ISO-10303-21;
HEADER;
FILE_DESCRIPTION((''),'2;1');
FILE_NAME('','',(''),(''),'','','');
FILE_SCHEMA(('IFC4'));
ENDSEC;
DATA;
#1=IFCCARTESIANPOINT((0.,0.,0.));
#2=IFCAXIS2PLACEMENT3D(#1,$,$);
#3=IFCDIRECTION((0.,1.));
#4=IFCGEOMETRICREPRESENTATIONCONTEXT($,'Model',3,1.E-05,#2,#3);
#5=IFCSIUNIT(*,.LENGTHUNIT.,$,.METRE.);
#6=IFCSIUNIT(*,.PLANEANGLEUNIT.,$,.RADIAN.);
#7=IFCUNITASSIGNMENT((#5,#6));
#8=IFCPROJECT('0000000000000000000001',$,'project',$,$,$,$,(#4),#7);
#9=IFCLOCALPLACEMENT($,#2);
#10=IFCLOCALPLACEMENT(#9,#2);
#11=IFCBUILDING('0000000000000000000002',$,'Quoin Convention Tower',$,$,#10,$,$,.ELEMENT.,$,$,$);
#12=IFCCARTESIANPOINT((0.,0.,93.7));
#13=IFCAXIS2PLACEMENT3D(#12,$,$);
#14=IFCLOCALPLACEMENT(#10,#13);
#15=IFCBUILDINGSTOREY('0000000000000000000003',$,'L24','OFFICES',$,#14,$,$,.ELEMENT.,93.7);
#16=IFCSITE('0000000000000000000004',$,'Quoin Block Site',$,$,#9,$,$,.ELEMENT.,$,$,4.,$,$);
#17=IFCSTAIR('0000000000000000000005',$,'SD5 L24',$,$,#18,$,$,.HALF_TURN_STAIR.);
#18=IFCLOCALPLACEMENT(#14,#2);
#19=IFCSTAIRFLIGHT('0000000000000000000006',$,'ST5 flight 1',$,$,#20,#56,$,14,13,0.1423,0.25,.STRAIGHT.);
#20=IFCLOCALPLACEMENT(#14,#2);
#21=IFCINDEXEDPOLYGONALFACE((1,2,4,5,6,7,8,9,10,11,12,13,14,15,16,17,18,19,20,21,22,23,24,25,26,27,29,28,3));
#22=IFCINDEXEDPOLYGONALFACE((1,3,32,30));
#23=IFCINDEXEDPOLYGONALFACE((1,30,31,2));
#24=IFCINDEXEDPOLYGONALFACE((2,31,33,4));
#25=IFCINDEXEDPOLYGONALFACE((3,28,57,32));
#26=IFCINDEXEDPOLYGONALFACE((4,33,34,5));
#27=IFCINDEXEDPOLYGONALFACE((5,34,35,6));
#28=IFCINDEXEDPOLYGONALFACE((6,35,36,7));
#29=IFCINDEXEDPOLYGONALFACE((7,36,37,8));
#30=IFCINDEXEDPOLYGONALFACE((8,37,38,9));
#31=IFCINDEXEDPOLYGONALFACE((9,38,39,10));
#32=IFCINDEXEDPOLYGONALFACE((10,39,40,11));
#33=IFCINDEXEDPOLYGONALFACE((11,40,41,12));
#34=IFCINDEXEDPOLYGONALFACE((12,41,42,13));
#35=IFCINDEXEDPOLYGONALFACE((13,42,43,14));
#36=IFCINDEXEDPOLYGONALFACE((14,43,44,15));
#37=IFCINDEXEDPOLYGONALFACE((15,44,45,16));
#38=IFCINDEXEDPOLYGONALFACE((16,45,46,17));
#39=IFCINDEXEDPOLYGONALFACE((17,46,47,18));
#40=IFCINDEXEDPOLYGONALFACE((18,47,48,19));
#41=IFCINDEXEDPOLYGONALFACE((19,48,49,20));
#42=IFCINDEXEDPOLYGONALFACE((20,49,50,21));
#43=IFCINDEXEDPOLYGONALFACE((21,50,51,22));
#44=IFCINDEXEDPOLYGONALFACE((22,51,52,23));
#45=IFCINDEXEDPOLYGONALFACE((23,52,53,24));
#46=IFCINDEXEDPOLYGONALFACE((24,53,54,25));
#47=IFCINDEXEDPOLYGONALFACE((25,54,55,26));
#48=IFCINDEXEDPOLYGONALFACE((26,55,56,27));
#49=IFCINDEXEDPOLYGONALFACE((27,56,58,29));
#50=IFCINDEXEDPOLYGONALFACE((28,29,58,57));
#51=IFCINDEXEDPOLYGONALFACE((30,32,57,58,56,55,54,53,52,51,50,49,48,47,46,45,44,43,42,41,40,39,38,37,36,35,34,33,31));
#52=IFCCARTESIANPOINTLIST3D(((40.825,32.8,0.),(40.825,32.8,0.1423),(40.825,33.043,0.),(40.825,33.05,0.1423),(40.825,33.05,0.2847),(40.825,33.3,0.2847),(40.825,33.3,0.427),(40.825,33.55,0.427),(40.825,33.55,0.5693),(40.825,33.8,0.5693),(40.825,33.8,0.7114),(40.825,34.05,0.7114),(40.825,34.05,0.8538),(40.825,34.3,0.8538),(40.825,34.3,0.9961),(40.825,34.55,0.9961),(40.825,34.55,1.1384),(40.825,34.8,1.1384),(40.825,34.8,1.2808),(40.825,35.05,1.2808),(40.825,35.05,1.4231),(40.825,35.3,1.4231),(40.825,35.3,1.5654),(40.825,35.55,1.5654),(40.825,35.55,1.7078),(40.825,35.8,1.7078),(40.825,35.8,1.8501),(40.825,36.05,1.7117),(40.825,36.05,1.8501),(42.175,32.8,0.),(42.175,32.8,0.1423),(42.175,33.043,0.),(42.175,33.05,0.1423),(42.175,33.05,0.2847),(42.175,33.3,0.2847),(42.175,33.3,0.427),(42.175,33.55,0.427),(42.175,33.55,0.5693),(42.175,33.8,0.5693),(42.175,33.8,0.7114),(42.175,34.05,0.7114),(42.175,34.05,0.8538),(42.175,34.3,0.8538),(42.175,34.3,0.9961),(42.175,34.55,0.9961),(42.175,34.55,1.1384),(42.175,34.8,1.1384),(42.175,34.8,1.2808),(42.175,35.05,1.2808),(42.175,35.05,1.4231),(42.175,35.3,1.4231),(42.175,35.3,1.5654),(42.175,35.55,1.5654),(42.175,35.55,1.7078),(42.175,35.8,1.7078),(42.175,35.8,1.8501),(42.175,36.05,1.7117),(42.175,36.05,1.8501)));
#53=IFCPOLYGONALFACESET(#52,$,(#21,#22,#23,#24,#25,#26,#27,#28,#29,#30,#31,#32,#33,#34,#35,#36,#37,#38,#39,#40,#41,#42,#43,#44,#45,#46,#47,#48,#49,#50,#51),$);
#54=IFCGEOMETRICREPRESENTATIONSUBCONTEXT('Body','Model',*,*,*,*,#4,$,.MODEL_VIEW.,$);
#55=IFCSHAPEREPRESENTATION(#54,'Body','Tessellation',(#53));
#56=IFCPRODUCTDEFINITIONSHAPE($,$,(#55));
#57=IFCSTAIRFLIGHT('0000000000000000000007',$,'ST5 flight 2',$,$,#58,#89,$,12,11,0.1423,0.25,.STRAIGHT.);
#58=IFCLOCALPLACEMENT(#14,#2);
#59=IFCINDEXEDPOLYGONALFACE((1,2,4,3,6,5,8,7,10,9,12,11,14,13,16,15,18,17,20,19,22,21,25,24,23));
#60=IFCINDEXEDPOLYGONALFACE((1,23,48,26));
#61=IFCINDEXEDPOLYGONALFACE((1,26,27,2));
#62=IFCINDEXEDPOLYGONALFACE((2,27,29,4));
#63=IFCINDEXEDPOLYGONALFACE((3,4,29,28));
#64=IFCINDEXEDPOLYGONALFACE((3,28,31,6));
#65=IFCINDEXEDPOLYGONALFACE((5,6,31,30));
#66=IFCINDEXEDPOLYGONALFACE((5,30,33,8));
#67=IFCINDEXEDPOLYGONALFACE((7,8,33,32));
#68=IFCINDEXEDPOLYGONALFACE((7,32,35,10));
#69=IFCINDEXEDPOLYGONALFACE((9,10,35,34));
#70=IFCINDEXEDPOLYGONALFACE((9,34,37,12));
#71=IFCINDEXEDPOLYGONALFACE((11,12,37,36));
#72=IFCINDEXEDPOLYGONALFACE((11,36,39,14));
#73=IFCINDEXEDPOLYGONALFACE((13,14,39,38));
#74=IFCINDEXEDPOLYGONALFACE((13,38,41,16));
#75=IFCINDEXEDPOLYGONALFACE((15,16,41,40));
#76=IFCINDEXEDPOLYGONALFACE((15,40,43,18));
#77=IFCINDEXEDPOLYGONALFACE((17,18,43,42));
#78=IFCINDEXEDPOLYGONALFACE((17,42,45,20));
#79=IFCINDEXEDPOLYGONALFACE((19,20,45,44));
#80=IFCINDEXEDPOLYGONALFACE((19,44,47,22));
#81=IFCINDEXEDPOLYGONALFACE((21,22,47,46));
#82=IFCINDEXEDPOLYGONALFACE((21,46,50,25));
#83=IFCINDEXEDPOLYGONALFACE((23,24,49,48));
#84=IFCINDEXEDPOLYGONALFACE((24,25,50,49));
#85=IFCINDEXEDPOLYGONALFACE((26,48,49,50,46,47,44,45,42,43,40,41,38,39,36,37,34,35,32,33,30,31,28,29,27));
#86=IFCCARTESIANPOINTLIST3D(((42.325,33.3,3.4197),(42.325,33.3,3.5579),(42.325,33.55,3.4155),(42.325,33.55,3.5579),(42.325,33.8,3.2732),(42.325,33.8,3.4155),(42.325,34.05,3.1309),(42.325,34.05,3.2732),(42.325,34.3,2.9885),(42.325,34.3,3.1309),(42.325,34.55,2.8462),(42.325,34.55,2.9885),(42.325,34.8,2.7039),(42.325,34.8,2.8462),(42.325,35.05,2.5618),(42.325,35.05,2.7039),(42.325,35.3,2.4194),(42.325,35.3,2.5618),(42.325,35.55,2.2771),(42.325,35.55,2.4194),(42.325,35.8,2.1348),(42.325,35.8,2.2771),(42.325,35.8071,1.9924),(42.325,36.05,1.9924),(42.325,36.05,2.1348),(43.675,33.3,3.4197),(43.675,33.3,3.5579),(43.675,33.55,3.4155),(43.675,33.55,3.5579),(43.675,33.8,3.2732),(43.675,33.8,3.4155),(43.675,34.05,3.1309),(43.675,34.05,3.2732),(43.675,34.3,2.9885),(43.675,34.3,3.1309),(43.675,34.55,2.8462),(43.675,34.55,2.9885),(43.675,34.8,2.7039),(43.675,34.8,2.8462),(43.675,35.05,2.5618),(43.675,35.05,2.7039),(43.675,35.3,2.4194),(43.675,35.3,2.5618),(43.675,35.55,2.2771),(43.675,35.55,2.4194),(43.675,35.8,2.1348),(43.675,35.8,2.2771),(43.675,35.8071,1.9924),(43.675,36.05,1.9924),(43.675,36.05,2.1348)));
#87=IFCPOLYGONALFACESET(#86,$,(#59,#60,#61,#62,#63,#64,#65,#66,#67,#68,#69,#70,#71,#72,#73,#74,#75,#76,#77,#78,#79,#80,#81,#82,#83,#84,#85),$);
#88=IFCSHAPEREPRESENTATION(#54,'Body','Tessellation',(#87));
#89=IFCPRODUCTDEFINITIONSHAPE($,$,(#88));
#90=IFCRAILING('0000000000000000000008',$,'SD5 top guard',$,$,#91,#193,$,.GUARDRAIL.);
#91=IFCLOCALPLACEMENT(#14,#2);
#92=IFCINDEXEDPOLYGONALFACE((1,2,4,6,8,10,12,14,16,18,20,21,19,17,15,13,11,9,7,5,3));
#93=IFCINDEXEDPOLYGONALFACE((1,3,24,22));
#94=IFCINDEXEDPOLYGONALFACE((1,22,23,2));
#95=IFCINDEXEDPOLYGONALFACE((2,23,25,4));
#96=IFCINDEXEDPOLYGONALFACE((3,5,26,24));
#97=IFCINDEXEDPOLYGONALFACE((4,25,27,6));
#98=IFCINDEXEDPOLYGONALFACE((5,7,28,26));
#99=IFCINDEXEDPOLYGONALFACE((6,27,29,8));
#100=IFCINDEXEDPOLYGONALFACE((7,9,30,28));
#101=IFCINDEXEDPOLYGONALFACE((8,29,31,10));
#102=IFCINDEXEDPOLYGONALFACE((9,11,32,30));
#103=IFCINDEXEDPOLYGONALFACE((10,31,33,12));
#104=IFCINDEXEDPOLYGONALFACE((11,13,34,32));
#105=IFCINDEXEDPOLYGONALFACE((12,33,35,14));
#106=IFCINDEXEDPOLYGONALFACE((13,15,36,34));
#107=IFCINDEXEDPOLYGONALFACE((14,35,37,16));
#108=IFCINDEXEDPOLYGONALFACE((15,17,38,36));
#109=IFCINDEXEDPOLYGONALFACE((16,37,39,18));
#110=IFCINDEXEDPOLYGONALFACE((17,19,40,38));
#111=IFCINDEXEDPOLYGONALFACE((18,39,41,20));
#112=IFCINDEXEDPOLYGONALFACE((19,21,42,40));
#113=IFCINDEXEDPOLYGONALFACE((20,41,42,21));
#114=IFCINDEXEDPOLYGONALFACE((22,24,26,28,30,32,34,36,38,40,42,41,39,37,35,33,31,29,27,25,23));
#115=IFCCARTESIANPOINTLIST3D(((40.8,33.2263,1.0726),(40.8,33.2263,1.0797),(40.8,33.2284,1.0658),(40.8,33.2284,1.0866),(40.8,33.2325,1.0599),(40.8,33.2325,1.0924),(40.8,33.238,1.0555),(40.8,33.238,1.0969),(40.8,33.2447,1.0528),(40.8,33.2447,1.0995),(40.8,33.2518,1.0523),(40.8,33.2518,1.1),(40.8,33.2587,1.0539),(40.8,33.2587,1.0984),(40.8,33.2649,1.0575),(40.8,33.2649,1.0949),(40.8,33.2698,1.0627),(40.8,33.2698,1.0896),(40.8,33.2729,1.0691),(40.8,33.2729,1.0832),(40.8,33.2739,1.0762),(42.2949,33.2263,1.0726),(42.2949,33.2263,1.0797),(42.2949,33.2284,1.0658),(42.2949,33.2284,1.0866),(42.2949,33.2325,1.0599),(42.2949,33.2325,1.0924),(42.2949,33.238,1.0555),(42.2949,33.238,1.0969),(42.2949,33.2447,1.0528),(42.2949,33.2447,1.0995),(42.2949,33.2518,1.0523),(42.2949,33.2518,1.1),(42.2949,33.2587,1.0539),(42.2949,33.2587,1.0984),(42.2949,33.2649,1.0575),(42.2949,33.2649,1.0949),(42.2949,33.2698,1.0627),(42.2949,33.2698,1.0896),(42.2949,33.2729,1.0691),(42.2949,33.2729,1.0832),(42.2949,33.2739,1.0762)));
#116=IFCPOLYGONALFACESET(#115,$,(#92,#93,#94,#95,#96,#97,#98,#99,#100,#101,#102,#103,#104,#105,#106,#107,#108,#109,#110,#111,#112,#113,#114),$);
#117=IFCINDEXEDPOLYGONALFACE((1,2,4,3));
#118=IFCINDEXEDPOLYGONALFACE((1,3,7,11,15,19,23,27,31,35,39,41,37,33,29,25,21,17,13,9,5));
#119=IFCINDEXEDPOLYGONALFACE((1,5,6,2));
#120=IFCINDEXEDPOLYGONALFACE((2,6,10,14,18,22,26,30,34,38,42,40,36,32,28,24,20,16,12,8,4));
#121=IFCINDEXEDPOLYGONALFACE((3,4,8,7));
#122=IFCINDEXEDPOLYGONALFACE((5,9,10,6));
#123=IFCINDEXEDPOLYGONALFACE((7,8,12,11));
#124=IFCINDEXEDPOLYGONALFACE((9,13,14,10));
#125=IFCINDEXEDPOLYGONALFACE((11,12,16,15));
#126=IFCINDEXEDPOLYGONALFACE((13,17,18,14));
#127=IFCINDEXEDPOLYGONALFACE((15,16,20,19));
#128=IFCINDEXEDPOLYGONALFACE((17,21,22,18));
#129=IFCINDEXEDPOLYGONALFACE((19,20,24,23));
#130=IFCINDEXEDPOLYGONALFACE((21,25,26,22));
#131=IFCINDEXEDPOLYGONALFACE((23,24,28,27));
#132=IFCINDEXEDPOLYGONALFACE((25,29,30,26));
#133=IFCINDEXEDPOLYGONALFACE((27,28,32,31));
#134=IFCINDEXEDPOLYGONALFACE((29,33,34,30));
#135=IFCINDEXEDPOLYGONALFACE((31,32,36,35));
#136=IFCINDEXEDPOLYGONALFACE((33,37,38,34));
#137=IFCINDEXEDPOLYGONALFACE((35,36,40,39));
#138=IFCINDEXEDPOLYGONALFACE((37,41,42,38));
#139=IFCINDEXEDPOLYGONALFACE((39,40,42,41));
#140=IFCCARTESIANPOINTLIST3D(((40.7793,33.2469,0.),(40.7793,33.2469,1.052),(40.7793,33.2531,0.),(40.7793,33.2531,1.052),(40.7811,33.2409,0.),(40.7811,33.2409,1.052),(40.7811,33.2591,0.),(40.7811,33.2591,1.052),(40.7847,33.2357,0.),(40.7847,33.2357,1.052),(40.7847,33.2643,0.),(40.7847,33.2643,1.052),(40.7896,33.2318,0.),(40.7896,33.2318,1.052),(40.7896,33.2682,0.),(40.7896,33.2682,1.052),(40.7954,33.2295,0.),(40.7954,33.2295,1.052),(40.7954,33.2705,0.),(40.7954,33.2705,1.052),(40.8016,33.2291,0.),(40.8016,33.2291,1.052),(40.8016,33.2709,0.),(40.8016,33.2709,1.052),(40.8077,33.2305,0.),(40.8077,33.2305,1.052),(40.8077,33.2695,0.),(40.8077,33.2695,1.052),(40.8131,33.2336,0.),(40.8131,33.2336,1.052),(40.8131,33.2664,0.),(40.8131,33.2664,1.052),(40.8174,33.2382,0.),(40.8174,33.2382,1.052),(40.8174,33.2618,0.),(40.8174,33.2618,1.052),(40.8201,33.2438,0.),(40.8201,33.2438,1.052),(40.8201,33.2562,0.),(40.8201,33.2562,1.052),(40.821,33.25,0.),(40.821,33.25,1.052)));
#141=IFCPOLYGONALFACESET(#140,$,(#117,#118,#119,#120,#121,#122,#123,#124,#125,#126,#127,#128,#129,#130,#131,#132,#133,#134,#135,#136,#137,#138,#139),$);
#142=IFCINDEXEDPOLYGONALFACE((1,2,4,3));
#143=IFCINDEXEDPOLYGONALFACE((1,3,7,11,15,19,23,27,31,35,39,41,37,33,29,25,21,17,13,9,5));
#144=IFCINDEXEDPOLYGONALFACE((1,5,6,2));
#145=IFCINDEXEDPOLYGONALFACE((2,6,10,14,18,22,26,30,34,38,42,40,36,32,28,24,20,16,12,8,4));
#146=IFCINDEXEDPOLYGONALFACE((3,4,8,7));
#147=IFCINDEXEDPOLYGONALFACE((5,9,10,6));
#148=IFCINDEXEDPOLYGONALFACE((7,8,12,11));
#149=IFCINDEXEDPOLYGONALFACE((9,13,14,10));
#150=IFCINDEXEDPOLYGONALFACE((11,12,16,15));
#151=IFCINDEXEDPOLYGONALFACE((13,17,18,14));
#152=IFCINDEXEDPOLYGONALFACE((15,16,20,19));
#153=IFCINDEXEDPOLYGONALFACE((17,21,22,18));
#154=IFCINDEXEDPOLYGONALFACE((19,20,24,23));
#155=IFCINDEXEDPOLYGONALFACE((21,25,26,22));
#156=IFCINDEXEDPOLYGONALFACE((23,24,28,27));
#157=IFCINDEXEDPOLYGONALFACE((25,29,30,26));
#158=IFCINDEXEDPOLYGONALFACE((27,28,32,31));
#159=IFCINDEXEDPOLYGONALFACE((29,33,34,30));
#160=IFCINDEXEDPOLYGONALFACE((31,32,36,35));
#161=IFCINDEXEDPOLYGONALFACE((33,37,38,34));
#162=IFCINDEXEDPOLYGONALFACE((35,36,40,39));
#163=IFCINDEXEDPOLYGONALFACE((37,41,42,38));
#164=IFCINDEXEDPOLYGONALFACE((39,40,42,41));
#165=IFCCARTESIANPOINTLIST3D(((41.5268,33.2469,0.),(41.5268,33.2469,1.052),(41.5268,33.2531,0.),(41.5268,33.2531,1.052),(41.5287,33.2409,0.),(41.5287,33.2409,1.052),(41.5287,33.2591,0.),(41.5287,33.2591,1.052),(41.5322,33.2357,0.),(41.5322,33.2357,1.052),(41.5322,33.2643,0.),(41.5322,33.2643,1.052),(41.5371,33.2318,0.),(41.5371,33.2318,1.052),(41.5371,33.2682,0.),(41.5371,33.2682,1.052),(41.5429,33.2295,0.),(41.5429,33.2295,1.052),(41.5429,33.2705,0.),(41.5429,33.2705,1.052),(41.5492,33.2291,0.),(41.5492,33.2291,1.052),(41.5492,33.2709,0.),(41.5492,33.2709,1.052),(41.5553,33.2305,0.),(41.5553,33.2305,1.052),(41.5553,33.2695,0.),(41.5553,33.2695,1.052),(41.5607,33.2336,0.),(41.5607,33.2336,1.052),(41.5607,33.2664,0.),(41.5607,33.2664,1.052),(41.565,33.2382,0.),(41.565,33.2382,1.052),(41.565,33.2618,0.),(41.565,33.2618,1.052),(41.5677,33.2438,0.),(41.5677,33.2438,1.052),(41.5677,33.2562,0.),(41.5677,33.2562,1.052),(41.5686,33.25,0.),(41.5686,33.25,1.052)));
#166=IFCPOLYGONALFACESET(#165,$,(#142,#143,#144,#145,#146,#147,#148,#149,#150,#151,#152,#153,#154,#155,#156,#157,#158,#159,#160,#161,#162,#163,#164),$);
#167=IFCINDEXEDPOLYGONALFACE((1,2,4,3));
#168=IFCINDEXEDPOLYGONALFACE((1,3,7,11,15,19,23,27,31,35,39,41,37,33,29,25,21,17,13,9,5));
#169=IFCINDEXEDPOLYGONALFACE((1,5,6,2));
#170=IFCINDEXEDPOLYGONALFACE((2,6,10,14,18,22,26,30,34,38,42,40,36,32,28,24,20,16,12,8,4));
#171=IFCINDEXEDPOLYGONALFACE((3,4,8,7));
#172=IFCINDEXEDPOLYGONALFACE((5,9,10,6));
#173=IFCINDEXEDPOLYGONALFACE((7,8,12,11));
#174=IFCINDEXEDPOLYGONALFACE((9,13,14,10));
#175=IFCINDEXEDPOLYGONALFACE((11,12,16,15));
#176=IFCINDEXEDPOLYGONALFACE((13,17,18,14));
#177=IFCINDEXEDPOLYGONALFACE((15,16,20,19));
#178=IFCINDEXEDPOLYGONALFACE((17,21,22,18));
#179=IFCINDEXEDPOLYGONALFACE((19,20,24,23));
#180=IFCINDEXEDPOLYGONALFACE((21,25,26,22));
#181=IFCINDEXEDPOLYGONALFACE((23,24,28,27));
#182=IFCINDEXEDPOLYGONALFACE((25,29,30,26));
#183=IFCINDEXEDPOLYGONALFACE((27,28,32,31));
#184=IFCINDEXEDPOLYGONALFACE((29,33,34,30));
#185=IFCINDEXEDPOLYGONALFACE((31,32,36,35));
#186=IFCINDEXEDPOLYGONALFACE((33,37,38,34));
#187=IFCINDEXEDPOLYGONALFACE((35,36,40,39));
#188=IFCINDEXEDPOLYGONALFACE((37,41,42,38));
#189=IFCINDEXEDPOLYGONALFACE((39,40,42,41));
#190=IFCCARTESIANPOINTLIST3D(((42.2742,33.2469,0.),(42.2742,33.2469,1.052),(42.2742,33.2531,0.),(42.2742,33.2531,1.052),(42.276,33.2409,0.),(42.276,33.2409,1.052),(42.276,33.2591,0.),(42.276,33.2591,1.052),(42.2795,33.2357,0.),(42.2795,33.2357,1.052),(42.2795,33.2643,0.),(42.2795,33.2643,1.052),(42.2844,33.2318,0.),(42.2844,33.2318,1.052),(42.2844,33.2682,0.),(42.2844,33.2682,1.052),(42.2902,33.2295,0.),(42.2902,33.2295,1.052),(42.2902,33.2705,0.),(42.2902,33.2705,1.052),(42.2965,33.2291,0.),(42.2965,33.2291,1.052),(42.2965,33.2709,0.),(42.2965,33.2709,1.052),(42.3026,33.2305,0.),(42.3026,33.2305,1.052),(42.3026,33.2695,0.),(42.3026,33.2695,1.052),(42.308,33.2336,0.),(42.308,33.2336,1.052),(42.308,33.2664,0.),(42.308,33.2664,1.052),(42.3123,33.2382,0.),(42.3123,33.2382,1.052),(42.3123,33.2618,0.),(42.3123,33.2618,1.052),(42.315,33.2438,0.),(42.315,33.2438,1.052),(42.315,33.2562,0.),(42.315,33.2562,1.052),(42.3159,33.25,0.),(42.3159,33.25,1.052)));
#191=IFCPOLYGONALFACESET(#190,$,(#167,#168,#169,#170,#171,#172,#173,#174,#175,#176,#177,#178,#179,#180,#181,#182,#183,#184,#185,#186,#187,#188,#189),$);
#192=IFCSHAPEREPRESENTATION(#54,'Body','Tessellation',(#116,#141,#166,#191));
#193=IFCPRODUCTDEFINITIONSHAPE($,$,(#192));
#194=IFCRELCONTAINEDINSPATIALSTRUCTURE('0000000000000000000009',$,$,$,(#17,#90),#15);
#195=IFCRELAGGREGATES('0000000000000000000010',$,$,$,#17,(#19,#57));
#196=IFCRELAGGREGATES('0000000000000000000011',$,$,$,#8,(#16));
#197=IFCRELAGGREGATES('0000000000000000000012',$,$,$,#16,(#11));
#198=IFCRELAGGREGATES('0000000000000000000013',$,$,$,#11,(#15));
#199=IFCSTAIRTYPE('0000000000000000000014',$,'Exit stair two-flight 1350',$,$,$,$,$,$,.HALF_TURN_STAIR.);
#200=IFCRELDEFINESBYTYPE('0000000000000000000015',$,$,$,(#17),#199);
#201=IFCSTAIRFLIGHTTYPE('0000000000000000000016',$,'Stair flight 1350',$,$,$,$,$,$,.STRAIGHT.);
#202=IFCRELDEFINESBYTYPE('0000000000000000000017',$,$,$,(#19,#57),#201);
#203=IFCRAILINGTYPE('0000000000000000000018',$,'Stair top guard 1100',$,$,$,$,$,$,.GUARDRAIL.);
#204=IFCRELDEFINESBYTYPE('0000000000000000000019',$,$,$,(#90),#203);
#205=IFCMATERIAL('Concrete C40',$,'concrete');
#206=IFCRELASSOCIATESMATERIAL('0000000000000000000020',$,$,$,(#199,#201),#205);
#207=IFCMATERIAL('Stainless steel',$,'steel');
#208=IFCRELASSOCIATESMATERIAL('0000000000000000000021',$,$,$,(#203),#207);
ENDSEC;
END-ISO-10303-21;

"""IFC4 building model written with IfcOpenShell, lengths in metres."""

from ifc_helpers import new_model, si_unit, direction, frame, origin, origin_2d, place, context, subcontext, project, spatial, polyline, circle, outline, extrude, material, type_object, element, aggregate, save


model = new_model("IFC4")

# Units and contexts
model_context = context("Model", 3, precision=1e-05, world=origin(), true_north=direction((0.0, 1.0)))
body_context = subcontext(model_context, "Body", "Model", "MODEL_VIEW")
ifc_project = project(units=[si_unit("LENGTHUNIT", "METRE"), si_unit("PLANEANGLEUNIT", "RADIAN")], contexts=[model_context])

# Site, building, storey
site_placement = place(None, origin())
site = spatial("IfcSite", under=ifc_project, at=site_placement, Name="Quoin Block Site", CompositionType="ELEMENT", RefElevation=4.0)
building_placement = place(site_placement, origin())
building = spatial("IfcBuilding", under=site, at=building_placement, Name="Quoin Convention Tower", CompositionType="ELEMENT")
storey_placement = place(building_placement, frame((0.0, 0.0, 93.7)))
storey = spatial("IfcBuildingStorey", under=building, at=storey_placement, Name="L24", Description="OFFICES", CompositionType="ELEMENT", Elevation=93.7)

# Stair, stair flights
ifc_material_1 = material(Name="Concrete C40", Category="concrete")
stair_type = type_object("IfcStairType", Name="Exit stair two-flight 1350", PredefinedType="HALF_TURN_STAIR", material=ifc_material_1)
stair_placement = place(storey_placement, origin())
stair = element("IfcStair", 1, at=stair_placement, inside=storey, type_object=stair_type, Name="SD5 L24", PredefinedType="HALF_TURN_STAIR")
stair_flight_type = type_object("IfcStairFlightType", Name="Stair flight 1350", PredefinedType="STRAIGHT", material=ifc_material_1)
stair_flight_1_placement = place(storey_placement, frame((41.5, 32.8, 0.0), z_axis=(0.0, 0.0, 1.0), x_axis=(0.0, 1.0, 0.0)))
stair_flight_1 = element("IfcStairFlight", 2, at=stair_flight_1_placement, type_object=stair_flight_type, Name="ST5 flight 1", NumberOfRisers=14, NumberOfTreads=13, PredefinedType="STRAIGHT", RiserHeight=0.1423, TreadLength=0.25, context=body_context, shape_type="SweptSolid", body=[
    extrude(outline(polyline([(0.0, 0.0), (0.0, 0.1423), (0.25, 0.1423), (0.25, 0.2847), (0.5, 0.2847), (0.5, 0.427), (0.75, 0.427), (0.75, 0.5693), (1.0, 0.5693), (1.0, 0.7114), (1.25, 0.7114), (1.25, 0.8538), (1.5, 0.8538), (1.5, 0.9961), (1.75, 0.9961), (1.75, 1.1384), (2.0, 1.1384), (2.0, 1.2808), (2.25, 1.2808), (2.25, 1.4231), (2.5, 1.4231), (2.5, 1.5654), (2.75, 1.5654), (2.75, 1.7078), (3.0, 1.7078), (3.0, 1.8501), (3.25, 1.8501), (3.25, 1.9922), (3.25, 1.7117), (0.2429, 0.0), (0.0, 0.0)])), frame((0.0, 0.675, 0.0), z_axis=(0.0, -1.0, 0.0), x_axis=(1.0, 0.0, 0.0)), (0.0, 0.0, 1.0), 1.3501),
])
stair_flight_2_placement = place(storey_placement, frame((43.0, 36.05, 1.9924), z_axis=(0.0, 0.0, 1.0), x_axis=(0.0, -1.0, 0.0)))
stair_flight_2 = element("IfcStairFlight", 3, at=stair_flight_2_placement, type_object=stair_flight_type, Name="ST5 flight 2", NumberOfRisers=12, NumberOfTreads=11, PredefinedType="STRAIGHT", RiserHeight=0.1423, TreadLength=0.25, context=body_context, shape_type="SweptSolid", body=[
    extrude(outline(polyline([(0.0, 0.0), (0.0, 0.1423), (0.25, 0.1423), (0.25, 0.2847), (0.5, 0.2847), (0.5, 0.427), (0.75, 0.427), (0.75, 0.5693), (1.0, 0.5693), (1.0, 0.7114), (1.25, 0.7114), (1.25, 0.8538), (1.5, 0.8538), (1.5, 0.9961), (1.75, 0.9961), (1.75, 1.1384), (2.0, 1.1384), (2.0, 1.2808), (2.25, 1.2808), (2.25, 1.4231), (2.5, 1.4231), (2.5, 1.5654), (2.75, 1.5654), (2.75, 1.7078), (2.75, 1.4272), (0.2429, 0.0), (0.0, 0.0)])), frame((0.0, 0.675, 0.0), z_axis=(0.0, -1.0, 0.0), x_axis=(1.0, 0.0, 0.0)), (0.0, 0.0, 1.0), 1.3501),
])
aggregate(stair, [stair_flight_1, stair_flight_2])

# Railing
ifc_material_2 = material(Name="Stainless steel", Category="steel")
railing_type_1 = type_object("IfcRailingType", Name="Stair top guard 1100", PredefinedType="GUARDRAIL", material=ifc_material_2)
railing_1_placement = place(storey_placement, frame((40.8, 33.25, 0.0)))
element("IfcRailing", 4, at=railing_1_placement, inside=storey, type_object=railing_type_1, Name="SD5 top guard", PredefinedType="GUARDRAIL", context=body_context, shape_type="SweptSolid", body=[
    extrude(circle(Radius=0.0239, at=origin_2d()), frame((0.0, 0.0, 1.0762), z_axis=(1.0, 0.0, 0.0), x_axis=(0.0, 1.0, 0.0)), (0.0, 0.0, 1.0), 1.4949),
    extrude(circle(Radius=0.021, at=origin_2d()), origin(), (0.0, 0.0, 1.0), 1.052),
    extrude(circle(Radius=0.021, at=origin_2d()), frame((0.7476, 0.0, 0.0)), (0.0, 0.0, 1.0), 1.052),
    extrude(circle(Radius=0.021, at=origin_2d()), frame((1.4949, 0.0, 0.0)), (0.0, 0.0, 1.0), 1.052),
])

save(model, "model.ifc")
